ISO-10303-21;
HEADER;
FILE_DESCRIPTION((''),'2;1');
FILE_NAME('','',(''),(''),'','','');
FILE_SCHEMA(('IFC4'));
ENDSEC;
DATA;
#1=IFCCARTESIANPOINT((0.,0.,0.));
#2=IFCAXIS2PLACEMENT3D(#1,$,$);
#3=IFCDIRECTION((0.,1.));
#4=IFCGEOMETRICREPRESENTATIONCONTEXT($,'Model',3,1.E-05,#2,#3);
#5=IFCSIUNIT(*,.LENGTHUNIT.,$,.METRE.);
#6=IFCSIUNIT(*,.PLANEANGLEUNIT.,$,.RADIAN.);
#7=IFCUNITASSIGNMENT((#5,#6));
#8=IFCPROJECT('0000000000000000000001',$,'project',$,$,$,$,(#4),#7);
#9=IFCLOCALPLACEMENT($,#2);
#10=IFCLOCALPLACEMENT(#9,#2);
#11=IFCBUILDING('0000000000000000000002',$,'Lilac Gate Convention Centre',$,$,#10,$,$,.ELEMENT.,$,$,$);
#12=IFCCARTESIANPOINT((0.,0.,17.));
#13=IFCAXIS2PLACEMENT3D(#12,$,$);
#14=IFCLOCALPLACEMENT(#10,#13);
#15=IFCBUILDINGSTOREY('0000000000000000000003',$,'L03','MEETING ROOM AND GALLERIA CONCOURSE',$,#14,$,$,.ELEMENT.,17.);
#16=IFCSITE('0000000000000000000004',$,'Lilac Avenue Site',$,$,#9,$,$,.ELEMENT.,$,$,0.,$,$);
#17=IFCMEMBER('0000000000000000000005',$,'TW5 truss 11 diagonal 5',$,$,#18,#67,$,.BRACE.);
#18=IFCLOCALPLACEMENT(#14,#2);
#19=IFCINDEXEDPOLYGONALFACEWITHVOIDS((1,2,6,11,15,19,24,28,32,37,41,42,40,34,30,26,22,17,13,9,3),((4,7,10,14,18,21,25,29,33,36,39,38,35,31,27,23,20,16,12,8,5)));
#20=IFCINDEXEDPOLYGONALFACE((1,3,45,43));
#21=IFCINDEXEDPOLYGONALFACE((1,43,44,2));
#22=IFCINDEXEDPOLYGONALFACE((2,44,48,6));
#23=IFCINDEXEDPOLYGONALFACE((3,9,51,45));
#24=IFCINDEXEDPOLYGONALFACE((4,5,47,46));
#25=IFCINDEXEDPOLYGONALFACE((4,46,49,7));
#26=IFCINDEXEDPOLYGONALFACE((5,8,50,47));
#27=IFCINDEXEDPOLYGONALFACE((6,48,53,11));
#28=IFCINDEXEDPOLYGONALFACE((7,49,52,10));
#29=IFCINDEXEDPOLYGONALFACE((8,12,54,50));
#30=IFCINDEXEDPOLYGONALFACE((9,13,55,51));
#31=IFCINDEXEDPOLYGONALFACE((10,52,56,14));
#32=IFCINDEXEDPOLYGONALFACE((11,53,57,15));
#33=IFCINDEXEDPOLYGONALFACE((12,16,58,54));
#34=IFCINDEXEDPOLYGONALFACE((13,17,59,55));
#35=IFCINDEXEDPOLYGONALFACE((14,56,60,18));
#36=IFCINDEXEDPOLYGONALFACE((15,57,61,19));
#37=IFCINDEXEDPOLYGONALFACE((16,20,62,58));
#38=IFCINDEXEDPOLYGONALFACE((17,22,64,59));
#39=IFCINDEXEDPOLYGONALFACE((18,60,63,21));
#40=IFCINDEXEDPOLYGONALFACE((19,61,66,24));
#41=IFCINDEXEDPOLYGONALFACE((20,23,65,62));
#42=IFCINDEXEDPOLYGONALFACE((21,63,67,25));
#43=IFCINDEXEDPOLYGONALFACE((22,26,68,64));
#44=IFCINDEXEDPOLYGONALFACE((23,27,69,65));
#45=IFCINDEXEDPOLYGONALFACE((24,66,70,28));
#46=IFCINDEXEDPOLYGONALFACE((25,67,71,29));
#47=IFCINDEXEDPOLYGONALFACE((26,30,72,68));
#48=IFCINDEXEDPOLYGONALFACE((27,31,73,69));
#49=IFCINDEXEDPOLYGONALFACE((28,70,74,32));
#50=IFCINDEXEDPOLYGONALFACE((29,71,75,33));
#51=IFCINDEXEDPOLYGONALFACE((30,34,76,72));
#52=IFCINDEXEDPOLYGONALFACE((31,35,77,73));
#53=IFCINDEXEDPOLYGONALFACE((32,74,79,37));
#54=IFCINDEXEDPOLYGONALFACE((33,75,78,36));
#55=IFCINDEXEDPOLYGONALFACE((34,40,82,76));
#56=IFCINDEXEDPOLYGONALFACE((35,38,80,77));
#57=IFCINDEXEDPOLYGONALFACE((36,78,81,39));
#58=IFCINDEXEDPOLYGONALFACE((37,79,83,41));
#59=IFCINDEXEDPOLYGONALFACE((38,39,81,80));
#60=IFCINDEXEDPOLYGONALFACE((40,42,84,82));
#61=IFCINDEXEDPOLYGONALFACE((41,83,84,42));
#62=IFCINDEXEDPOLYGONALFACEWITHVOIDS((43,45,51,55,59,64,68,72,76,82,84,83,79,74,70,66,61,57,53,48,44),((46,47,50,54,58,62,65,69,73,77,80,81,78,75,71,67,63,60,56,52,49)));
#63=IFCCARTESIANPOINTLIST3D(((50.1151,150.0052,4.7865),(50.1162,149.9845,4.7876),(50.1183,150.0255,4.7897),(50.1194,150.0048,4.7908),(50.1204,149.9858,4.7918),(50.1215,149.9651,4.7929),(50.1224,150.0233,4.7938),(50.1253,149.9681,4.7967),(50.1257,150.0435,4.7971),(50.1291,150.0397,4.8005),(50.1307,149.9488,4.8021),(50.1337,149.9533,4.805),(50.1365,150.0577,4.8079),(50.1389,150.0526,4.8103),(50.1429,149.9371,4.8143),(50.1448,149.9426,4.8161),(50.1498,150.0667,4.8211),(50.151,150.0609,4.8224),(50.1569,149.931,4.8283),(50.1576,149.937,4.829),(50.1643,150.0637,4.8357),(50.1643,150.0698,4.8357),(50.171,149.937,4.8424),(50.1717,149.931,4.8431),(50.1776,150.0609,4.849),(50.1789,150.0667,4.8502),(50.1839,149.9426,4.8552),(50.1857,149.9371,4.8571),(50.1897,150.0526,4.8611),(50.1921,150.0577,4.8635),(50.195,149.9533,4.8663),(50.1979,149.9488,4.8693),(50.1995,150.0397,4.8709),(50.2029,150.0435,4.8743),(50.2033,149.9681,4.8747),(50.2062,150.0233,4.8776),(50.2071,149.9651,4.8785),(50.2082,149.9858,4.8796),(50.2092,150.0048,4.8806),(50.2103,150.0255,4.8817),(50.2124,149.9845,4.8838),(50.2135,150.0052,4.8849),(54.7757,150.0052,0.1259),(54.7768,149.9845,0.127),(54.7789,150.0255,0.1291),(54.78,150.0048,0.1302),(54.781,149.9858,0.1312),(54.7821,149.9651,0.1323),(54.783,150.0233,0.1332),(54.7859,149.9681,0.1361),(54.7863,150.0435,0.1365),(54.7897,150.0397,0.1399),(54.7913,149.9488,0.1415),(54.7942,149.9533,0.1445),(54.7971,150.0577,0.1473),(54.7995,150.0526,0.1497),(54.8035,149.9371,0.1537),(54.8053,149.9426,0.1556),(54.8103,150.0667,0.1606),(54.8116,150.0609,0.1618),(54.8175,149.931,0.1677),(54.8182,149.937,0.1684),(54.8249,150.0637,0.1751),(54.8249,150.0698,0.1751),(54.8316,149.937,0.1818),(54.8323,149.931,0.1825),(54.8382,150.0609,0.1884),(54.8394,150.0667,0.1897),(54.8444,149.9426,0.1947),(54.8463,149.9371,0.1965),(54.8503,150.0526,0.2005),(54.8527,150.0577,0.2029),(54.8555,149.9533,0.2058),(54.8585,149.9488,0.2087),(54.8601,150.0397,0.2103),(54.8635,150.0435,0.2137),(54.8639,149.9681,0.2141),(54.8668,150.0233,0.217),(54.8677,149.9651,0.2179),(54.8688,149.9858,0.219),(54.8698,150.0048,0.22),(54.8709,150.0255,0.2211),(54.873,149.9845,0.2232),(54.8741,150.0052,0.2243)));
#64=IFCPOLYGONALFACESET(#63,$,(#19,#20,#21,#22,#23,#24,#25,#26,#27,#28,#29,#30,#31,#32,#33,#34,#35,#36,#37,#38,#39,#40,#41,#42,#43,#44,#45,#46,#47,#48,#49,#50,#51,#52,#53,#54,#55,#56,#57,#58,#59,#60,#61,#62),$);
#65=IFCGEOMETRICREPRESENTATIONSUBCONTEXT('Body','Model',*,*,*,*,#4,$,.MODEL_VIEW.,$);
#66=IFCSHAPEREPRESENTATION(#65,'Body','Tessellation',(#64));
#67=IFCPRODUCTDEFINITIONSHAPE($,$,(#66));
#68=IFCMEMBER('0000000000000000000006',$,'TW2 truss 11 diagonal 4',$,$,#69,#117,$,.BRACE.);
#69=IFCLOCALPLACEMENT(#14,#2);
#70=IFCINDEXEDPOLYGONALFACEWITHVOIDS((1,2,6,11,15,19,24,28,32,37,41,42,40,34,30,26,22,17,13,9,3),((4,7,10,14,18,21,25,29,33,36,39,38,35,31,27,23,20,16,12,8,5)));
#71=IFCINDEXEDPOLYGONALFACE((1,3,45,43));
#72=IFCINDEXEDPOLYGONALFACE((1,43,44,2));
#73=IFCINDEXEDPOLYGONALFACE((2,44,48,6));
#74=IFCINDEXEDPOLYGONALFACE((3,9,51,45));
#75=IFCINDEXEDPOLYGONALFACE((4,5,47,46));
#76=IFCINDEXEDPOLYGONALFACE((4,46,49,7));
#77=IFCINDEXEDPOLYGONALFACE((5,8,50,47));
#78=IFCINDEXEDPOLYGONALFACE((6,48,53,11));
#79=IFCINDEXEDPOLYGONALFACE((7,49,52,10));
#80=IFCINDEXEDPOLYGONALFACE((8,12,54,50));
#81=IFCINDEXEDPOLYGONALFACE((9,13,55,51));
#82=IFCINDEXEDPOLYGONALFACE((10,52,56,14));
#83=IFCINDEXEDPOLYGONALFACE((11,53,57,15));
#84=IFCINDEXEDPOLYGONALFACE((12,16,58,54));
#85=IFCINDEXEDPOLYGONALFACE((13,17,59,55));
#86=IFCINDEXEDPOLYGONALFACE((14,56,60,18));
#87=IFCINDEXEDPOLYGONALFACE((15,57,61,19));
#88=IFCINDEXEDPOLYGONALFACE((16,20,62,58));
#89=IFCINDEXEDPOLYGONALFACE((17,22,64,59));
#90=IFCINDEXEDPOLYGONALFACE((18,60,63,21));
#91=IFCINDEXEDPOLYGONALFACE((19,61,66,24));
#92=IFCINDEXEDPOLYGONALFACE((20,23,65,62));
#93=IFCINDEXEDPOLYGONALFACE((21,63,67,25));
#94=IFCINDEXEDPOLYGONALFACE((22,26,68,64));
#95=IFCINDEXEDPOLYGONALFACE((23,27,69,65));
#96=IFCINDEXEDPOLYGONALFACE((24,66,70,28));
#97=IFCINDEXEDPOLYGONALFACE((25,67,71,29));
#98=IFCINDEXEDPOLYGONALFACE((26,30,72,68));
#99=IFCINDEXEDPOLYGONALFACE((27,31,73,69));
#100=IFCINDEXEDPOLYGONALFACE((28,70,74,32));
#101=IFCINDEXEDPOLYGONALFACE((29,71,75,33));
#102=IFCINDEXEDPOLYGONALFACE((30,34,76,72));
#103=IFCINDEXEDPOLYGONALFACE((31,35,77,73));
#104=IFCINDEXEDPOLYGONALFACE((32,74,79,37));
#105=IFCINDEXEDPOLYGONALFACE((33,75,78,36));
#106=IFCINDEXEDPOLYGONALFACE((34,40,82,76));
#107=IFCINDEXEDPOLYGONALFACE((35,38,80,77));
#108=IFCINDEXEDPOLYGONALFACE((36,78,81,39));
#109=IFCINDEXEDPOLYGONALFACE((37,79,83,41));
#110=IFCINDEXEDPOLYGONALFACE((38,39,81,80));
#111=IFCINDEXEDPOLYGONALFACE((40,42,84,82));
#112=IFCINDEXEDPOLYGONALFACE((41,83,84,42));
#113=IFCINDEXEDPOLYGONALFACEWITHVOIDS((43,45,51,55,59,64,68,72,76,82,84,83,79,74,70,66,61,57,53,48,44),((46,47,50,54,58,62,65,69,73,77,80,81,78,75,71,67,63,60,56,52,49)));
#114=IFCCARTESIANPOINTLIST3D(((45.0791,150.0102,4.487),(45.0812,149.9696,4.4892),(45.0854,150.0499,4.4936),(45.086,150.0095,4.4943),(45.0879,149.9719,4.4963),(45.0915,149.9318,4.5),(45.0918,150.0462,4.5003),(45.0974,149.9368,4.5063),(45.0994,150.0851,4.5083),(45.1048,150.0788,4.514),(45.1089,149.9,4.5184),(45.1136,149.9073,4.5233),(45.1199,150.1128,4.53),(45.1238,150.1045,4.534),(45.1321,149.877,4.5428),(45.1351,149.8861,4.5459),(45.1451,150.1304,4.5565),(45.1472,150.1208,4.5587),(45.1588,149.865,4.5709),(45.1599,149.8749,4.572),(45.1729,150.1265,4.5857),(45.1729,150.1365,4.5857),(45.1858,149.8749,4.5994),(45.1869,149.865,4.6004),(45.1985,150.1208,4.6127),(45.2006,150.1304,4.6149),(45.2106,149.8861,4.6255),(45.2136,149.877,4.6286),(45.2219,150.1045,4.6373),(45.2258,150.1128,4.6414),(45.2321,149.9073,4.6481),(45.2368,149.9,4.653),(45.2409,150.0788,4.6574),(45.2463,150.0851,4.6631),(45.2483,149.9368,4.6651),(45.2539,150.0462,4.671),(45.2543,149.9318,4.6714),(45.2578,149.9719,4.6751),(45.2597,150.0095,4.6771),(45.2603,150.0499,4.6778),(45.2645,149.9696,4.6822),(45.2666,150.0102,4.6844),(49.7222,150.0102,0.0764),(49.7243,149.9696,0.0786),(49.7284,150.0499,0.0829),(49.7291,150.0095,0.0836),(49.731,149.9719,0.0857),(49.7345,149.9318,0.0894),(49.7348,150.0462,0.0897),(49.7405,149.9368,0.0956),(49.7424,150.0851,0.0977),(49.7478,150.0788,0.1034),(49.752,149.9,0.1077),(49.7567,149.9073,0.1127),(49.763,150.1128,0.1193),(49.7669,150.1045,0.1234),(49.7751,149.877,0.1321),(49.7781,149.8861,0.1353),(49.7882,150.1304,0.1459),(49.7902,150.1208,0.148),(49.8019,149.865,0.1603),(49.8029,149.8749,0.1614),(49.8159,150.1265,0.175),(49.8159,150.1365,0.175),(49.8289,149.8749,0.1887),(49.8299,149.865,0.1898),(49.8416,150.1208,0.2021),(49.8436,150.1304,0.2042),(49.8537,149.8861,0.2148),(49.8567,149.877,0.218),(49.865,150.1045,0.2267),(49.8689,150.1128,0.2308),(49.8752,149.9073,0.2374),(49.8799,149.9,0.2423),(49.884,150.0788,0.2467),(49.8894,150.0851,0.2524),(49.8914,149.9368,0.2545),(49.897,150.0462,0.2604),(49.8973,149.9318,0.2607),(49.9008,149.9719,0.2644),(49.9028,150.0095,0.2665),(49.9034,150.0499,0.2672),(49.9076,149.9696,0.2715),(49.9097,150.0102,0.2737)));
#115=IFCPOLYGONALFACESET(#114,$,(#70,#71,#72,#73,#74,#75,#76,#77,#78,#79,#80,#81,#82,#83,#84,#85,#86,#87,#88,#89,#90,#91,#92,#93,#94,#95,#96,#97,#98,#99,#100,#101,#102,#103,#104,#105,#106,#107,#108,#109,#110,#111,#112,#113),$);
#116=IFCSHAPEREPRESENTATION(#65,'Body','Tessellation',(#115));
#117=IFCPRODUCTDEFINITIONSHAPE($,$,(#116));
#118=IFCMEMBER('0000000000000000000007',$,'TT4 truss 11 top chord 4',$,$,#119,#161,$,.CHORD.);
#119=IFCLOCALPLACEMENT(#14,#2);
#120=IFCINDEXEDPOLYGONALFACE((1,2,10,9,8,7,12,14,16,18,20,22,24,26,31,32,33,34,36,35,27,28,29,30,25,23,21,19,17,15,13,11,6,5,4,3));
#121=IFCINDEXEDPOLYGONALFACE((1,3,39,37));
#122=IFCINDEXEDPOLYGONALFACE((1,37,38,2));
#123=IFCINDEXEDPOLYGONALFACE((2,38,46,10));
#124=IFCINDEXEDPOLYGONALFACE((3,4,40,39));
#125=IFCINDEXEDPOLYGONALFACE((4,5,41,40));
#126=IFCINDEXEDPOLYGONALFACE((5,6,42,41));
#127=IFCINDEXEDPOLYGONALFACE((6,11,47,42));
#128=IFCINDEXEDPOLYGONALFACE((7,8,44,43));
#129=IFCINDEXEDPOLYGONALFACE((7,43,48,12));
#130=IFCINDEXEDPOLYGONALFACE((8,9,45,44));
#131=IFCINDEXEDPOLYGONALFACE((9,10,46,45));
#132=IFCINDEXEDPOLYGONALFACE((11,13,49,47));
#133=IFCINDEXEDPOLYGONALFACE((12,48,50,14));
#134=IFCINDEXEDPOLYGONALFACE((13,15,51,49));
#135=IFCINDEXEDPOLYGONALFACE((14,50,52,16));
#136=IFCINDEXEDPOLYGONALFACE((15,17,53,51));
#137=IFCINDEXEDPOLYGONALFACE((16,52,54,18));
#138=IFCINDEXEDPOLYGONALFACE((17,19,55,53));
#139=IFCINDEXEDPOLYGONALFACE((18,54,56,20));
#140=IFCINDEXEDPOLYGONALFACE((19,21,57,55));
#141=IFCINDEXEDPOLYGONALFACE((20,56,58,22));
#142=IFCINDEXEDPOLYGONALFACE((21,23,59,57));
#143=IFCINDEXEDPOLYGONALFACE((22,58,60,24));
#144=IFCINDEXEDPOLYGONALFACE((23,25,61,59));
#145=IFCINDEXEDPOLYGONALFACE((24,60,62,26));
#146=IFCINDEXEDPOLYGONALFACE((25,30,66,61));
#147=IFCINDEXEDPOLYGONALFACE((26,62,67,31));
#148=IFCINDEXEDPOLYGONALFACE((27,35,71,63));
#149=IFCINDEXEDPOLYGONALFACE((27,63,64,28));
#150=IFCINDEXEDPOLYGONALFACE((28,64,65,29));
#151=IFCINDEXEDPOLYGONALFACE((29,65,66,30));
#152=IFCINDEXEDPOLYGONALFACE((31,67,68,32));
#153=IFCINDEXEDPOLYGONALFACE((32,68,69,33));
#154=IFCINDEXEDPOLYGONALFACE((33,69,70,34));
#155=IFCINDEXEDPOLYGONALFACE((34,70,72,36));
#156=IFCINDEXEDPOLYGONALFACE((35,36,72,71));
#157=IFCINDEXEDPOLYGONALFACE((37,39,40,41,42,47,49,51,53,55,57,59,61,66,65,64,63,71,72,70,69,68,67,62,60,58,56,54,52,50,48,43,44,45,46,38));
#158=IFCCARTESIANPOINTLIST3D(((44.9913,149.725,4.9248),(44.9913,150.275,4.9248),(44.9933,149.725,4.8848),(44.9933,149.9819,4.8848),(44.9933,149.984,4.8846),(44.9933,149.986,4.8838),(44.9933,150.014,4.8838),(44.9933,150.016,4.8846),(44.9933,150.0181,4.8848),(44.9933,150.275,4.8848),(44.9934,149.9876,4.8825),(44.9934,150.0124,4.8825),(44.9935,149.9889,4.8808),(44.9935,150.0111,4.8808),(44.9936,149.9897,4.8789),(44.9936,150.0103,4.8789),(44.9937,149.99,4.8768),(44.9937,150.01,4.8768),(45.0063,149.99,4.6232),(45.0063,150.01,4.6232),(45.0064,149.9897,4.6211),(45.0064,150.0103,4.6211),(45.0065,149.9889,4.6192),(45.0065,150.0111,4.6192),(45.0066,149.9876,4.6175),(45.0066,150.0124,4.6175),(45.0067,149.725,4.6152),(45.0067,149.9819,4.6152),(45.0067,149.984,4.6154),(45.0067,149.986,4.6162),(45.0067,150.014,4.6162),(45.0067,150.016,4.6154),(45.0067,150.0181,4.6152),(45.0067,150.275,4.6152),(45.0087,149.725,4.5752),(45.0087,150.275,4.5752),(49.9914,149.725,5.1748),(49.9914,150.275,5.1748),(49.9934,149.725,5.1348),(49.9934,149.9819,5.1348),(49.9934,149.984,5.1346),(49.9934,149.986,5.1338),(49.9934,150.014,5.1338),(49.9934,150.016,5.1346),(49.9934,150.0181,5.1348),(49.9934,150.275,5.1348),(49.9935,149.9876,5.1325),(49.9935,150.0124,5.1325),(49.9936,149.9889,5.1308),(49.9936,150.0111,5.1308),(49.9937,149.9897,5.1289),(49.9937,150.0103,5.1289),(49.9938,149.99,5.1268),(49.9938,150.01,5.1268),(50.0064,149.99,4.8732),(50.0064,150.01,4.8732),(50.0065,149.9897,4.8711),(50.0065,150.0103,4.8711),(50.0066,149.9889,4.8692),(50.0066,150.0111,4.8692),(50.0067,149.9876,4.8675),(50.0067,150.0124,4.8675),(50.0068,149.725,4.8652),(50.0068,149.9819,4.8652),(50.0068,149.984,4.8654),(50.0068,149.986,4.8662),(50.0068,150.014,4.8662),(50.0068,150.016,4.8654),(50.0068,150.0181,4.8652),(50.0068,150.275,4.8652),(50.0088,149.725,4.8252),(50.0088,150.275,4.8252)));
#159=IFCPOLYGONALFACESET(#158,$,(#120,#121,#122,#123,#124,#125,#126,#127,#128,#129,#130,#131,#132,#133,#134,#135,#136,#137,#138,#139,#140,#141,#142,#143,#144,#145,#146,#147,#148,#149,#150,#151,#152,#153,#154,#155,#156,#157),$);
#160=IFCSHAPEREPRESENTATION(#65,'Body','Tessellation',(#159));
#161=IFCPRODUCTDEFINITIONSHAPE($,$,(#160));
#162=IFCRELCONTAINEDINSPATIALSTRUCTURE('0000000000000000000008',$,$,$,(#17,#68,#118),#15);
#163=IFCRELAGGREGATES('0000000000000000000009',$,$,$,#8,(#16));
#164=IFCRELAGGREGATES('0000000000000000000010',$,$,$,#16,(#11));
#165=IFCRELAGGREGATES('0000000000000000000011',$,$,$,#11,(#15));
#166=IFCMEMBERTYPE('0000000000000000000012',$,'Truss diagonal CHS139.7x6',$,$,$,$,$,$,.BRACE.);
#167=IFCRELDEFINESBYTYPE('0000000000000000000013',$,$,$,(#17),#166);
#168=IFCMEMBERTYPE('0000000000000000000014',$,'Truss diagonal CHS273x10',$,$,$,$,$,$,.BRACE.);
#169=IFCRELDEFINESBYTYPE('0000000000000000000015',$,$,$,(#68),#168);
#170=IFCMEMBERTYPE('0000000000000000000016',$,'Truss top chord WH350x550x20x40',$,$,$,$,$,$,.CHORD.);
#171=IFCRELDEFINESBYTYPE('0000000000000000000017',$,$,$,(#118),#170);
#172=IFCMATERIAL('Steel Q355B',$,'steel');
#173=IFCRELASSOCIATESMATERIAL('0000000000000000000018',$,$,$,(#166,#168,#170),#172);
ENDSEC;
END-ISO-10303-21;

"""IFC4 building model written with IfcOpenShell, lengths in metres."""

from ifc_helpers import new_model, si_unit, direction, frame, origin, origin_2d, place, context, subcontext, project, spatial, hollow_circle, i_section, extrude, material, material_profile, profile_set, type_object, element, save


model = new_model("IFC4")

# Units and contexts
model_context = context("Model", 3, precision=1e-05, world=origin(), true_north=direction((0.0, 1.0)))
body_context = subcontext(model_context, "Body", "Model", "MODEL_VIEW")
ifc_project = project(units=[si_unit("LENGTHUNIT", "METRE"), si_unit("PLANEANGLEUNIT", "RADIAN")], contexts=[model_context])

# Site, building, storey
site_placement = place(None, origin())
site = spatial("IfcSite", under=ifc_project, at=site_placement, Name="Lilac Avenue Site", CompositionType="ELEMENT", RefElevation=0.0)
building_placement = place(site_placement, origin())
building = spatial("IfcBuilding", under=site, at=building_placement, Name="Lilac Gate Convention Centre", CompositionType="ELEMENT")
storey_placement = place(building_placement, frame((0.0, 0.0, 17.0)))
storey = spatial("IfcBuildingStorey", under=building, at=storey_placement, Name="L03", Description="MEETING ROOM AND GALLERIA CONCOURSE", CompositionType="ELEMENT", Elevation=17.0)

# Members
ifc_material = material(Name="Steel Q355B", Category="steel")
ifc_material_profile_1 = material_profile(ifc_material, hollow_circle(Radius=0.0698, WallThickness=0.0061, at=origin_2d()), Name="CHS139.7x6")
ifc_profile_set_1 = profile_set([ifc_material_profile_1], Name="Steel Q355B")
member_type_1 = type_object("IfcMemberType", Name="Truss diagonal CHS139.7x6", PredefinedType="BRACE", material=ifc_profile_set_1)
member_1_placement = place(storey_placement, frame((50.1643, 150.0, 4.8357), z_axis=(0.707107, 0.0, -0.707107), x_axis=(0.0, 1.0, 0.0)))
element("IfcMember", 1, at=member_1_placement, inside=storey, type_object=member_type_1, Name="TW5 truss 11 diagonal 5", PredefinedType="BRACE", context=body_context, shape_type="SweptSolid", body=[
    extrude(hollow_circle(Radius=0.0698, WallThickness=0.0061, at=origin_2d()), origin(), (0.0, 0.0, 1.0), 6.5911),
])
ifc_material_profile_2 = material_profile(ifc_material, hollow_circle(Radius=0.1365, WallThickness=0.01, at=origin_2d()), Name="CHS273x10")
ifc_profile_set_2 = profile_set([ifc_material_profile_2], Name="Steel Q355B")
member_type_2 = type_object("IfcMemberType", Name="Truss diagonal CHS273x10", PredefinedType="BRACE", material=ifc_profile_set_2)
member_2_placement = place(storey_placement, frame((45.1729, 150.0, 4.5857), z_axis=(0.72502, 0.0, -0.688727), x_axis=(0.0, 1.0, 0.0)))
element("IfcMember", 2, at=member_2_placement, inside=storey, type_object=member_type_2, Name="TW2 truss 11 diagonal 4", PredefinedType="BRACE", context=body_context, shape_type="SweptSolid", body=[
    extrude(hollow_circle(Radius=0.1365, WallThickness=0.01, at=origin_2d()), origin(), (0.0, 0.0, 1.0), 6.4041),
])
ifc_material_profile_3 = material_profile(ifc_material, i_section(OverallWidth=0.55, OverallDepth=0.3501, WebThickness=0.02, FlangeThickness=0.04, FilletRadius=0.0081, at=origin_2d()), Name="WH350x550x20x40")
ifc_profile_set_3 = profile_set([ifc_material_profile_3], Name="Steel Q355B")
member_type_3 = type_object("IfcMemberType", Name="Truss top chord WH350x550x20x40", PredefinedType="CHORD", material=ifc_profile_set_3)
for number, where, z_axis, x_axis, name in (
    (3, (45.0, 150.0, 4.75), (0.998752, 0.0, 0.049938), (0.0, 1.0, 0.0), "TT4 truss 11 top chord 4"),
):
    element("IfcMember", number, at=place(storey_placement, frame(where, z_axis=z_axis, x_axis=x_axis)), inside=storey, type_object=member_type_3, Name=name, PredefinedType="CHORD", context=body_context, shape_type="SweptSolid", body=[
        extrude(i_section(OverallWidth=0.55, OverallDepth=0.3501, WebThickness=0.02, FlangeThickness=0.04, FilletRadius=0.0081, at=origin_2d()), origin(), (0.0, 0.0, 1.0), 5.0063),
    ])

save(model, "model.ifc")
